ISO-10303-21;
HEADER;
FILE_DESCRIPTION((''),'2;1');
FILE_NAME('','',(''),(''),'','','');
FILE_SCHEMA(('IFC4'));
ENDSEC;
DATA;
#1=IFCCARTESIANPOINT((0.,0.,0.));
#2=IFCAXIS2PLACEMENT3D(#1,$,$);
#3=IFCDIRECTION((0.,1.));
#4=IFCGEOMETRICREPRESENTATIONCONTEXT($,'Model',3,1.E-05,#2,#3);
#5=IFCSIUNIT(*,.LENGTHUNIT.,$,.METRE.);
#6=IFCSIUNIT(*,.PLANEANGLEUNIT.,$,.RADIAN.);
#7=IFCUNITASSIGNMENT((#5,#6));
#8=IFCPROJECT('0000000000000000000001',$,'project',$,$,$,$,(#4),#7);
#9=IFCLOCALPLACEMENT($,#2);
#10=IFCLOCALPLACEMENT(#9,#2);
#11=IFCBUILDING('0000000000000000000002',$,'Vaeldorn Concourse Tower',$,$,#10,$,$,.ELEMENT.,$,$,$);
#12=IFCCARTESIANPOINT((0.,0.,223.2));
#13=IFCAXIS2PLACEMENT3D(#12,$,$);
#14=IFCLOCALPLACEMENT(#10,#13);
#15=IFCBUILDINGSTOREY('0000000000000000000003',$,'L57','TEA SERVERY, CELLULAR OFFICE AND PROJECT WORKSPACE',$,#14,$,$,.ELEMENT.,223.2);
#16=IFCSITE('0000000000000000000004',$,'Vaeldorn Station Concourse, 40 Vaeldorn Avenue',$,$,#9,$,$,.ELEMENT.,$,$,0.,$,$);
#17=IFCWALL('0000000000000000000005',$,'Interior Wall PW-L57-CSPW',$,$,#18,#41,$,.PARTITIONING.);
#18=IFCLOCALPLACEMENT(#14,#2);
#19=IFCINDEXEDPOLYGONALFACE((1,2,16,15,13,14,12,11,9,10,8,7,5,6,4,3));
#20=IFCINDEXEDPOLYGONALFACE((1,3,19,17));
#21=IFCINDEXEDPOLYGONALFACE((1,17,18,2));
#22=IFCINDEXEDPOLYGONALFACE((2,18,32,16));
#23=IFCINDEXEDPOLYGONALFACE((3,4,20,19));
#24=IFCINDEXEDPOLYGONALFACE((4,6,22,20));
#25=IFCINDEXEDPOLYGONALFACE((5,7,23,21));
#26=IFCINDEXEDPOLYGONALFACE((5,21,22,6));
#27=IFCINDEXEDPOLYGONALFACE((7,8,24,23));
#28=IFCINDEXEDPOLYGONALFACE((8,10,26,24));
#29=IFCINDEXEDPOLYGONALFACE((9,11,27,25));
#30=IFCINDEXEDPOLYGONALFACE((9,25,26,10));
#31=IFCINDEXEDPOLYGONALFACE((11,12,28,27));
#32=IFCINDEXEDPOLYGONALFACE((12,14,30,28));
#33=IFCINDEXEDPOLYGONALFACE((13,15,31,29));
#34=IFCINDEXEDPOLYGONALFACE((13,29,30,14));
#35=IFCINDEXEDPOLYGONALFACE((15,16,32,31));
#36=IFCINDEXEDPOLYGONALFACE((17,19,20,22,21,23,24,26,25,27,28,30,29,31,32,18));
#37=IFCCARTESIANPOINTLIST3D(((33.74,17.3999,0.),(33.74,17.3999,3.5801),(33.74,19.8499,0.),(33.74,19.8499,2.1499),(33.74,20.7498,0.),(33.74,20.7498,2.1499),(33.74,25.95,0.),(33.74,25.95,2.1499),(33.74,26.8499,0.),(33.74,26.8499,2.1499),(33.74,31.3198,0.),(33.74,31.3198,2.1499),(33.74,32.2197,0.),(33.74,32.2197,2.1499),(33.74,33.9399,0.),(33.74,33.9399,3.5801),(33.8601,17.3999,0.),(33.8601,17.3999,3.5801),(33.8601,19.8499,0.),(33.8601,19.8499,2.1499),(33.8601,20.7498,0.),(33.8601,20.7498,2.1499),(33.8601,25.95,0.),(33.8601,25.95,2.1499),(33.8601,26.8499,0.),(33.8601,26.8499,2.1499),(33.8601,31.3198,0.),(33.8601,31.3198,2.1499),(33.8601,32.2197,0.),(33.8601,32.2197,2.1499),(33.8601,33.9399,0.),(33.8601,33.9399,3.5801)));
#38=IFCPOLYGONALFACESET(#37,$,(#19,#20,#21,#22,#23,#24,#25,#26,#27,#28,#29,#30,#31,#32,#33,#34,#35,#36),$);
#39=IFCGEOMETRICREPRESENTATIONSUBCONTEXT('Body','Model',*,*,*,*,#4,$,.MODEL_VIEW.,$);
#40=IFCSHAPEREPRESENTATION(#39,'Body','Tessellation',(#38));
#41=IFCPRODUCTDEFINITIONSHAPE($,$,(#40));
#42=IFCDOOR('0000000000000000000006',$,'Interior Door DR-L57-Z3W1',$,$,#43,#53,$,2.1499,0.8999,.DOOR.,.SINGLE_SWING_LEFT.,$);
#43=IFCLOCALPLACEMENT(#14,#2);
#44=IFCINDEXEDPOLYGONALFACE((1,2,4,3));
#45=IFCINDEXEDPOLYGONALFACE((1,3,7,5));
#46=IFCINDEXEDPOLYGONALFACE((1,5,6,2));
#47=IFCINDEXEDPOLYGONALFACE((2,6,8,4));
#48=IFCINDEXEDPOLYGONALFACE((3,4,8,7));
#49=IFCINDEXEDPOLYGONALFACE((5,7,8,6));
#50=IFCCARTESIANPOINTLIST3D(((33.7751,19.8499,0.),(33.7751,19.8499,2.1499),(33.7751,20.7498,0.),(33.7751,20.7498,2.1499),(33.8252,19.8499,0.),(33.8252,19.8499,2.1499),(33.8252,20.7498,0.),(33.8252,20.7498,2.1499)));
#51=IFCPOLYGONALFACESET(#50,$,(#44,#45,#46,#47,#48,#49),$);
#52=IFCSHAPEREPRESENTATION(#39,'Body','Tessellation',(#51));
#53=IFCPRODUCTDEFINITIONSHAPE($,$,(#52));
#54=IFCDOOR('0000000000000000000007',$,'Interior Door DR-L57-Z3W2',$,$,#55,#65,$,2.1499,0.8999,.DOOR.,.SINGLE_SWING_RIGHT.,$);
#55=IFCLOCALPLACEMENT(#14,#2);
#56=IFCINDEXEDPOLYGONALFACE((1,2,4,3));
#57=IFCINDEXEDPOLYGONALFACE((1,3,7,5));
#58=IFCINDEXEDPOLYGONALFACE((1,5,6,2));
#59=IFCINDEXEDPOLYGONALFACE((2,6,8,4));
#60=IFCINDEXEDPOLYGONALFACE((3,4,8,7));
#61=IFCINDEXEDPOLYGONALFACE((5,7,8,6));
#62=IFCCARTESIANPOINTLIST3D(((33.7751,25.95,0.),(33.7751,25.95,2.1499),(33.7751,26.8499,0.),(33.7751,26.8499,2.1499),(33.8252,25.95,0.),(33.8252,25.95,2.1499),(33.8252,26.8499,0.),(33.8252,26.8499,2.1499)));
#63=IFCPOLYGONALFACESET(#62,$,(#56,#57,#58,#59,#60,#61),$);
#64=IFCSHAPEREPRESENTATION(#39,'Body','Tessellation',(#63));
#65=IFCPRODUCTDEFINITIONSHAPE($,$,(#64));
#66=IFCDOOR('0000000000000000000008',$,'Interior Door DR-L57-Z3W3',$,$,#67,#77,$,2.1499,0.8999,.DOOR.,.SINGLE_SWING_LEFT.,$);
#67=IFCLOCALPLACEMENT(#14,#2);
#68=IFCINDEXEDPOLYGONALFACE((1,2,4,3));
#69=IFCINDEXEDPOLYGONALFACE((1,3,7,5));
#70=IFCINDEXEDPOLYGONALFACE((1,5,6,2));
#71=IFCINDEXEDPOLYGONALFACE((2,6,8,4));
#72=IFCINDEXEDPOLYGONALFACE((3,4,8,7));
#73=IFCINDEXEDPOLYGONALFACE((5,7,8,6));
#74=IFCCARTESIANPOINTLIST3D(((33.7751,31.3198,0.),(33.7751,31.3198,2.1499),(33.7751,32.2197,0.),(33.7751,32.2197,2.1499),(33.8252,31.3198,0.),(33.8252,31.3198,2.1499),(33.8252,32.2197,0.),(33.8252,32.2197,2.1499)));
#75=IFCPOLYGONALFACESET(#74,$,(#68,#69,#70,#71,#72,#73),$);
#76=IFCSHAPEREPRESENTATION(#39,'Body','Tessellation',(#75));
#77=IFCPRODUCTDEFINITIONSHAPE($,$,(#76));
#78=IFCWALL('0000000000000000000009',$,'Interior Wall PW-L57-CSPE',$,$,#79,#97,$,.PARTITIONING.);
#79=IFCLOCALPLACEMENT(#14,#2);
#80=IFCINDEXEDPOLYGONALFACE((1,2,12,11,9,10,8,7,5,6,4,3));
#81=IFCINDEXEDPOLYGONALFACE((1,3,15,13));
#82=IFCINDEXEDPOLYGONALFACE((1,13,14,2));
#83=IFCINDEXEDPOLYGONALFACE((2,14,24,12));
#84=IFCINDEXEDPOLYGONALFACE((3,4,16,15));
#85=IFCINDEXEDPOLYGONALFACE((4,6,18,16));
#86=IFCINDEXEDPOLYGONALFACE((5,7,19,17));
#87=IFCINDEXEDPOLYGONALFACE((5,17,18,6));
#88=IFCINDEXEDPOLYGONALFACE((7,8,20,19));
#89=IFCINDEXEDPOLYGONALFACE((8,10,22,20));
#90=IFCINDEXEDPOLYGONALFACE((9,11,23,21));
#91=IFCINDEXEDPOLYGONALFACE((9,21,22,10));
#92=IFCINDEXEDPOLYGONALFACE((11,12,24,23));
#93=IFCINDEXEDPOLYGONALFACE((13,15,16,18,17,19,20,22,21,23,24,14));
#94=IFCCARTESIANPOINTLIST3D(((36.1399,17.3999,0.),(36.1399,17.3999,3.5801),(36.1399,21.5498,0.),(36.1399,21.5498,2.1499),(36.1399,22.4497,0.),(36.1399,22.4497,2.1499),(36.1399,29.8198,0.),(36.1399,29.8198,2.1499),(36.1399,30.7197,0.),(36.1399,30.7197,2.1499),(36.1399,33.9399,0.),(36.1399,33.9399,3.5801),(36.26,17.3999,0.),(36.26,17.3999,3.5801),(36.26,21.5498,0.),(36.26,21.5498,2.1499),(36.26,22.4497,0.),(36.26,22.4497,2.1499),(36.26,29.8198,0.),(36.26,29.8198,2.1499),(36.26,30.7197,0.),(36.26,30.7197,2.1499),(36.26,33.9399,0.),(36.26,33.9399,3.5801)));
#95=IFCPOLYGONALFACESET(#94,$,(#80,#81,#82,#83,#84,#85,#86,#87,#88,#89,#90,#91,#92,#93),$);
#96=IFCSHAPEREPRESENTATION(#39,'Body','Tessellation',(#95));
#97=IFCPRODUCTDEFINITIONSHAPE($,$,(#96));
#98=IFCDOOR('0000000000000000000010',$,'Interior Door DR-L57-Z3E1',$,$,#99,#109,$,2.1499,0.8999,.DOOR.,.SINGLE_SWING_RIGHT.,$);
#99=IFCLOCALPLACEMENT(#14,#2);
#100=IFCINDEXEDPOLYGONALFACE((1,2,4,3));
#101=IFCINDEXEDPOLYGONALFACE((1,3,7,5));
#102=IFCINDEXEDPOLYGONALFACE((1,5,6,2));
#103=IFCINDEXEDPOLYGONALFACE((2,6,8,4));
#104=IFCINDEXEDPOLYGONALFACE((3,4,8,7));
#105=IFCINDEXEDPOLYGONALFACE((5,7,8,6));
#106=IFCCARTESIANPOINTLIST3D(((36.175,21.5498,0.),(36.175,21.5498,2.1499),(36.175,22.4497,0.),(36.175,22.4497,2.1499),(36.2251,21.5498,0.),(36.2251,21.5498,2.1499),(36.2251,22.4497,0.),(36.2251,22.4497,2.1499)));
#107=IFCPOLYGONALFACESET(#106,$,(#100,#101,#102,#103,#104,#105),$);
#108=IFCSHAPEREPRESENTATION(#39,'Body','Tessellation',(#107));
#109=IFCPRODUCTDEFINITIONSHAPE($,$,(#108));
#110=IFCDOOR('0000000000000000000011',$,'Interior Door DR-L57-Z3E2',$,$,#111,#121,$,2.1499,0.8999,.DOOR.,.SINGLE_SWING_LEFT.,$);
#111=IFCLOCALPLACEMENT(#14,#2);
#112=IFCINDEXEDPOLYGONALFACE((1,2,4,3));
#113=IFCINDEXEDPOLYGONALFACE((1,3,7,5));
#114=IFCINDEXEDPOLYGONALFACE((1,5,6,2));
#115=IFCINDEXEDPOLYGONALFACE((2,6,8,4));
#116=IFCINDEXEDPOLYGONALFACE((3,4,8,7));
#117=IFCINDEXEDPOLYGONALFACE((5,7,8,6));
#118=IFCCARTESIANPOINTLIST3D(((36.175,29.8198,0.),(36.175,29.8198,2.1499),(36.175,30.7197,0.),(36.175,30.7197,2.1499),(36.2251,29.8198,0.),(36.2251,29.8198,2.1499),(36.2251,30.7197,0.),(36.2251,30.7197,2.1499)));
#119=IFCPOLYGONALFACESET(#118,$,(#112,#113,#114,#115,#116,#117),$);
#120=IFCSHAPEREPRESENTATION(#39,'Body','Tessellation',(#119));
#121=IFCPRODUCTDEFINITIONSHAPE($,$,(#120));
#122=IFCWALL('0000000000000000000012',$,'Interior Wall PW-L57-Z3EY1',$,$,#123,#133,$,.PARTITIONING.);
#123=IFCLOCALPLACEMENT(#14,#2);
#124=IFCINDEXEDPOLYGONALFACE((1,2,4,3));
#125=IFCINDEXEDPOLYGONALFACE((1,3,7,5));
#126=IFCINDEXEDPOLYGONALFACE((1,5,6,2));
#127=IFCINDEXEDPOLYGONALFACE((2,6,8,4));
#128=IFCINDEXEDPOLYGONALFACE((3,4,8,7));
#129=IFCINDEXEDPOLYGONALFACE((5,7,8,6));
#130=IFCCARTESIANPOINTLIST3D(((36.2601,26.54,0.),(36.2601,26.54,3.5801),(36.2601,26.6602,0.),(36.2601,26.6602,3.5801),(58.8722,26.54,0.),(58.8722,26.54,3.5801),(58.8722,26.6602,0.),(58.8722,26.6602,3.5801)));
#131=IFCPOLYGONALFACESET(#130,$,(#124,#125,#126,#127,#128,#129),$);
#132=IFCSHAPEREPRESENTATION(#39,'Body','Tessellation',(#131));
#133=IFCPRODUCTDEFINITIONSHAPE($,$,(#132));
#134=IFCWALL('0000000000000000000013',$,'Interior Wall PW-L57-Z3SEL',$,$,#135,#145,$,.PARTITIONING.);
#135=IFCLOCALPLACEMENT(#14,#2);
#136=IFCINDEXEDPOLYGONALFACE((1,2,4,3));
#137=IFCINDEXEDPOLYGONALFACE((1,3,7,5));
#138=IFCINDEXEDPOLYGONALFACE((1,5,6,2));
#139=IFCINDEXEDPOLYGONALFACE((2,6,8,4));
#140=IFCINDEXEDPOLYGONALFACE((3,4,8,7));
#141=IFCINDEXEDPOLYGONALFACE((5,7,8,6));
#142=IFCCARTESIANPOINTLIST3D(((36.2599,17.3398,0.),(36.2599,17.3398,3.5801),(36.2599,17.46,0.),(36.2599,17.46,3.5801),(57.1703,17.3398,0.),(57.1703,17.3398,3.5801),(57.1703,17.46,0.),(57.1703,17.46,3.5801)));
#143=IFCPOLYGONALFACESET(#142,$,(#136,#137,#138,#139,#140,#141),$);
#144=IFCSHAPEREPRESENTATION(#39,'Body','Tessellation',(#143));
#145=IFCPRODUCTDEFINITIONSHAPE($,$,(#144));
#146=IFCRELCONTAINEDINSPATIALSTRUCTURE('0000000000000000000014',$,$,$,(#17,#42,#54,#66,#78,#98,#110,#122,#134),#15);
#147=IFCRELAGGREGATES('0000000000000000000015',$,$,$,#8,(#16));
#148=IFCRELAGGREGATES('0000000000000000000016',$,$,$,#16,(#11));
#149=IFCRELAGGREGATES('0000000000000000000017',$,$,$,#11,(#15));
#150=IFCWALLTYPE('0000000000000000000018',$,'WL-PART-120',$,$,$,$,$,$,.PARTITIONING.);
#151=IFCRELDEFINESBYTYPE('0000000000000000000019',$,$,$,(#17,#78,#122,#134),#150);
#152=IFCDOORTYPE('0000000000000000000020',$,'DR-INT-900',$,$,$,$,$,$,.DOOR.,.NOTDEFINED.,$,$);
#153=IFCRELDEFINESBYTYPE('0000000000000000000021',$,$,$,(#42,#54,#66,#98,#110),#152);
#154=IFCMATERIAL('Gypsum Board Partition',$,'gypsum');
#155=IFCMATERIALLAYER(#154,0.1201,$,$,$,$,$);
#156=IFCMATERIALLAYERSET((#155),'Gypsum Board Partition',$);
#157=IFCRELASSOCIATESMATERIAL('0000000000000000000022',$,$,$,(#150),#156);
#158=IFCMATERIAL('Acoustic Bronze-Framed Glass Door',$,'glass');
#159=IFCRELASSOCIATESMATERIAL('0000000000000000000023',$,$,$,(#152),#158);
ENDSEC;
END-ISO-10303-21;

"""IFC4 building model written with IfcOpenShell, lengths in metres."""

from ifc_helpers import new_model, si_unit, direction, frame, frame_2d, origin, place, context, subcontext, project, spatial, rectangle, extrude, source, transform, mapped, material, layer, layer_set, type_object, element, fill, save


model = new_model("IFC4")

# Units and contexts
model_context = context("Model", 3, precision=1e-05, world=origin(), true_north=direction((0.0, 1.0)))
body_context = subcontext(model_context, "Body", "Model", "MODEL_VIEW")
ifc_project = project(units=[si_unit("LENGTHUNIT", "METRE"), si_unit("PLANEANGLEUNIT", "RADIAN")], contexts=[model_context])

# Site, building, storey
site_placement = place(None, origin())
site = spatial("IfcSite", under=ifc_project, at=site_placement, Name="Vaeldorn Station Concourse, 40 Vaeldorn Avenue", CompositionType="ELEMENT", RefElevation=0.0)
building_placement = place(site_placement, origin())
building = spatial("IfcBuilding", under=site, at=building_placement, Name="Vaeldorn Concourse Tower", CompositionType="ELEMENT")
storey_placement = place(building_placement, frame((0.0, 0.0, 223.2)))
storey = spatial("IfcBuildingStorey", under=building, at=storey_placement, Name="L57", Description="TEA SERVERY, CELLULAR OFFICE AND PROJECT WORKSPACE", CompositionType="ELEMENT", Elevation=223.2)

# Shared definitions
ifc_material_1 = material(Name="Gypsum Board Partition", Category="gypsum")
ifc_layer = layer(ifc_material_1, 0.1201)
ifc_layer_set = layer_set([ifc_layer], Name="Gypsum Board Partition")
wall_type = type_object("IfcWallType", Name="WL-PART-120", PredefinedType="PARTITIONING", material=ifc_layer_set)

# Walls, openings, doors
wall_1_placement = place(storey_placement, frame((33.8, 17.3999, 0.0), z_axis=(0.0, 0.0, 1.0), x_axis=(0.0, 1.0, 0.0)))
wall_1 = element("IfcWall", 1, at=wall_1_placement, inside=storey, type_object=wall_type, Name="Interior Wall PW-L57-CSPW", PredefinedType="PARTITIONING", context=body_context, shape_type="SweptSolid", body=[
    extrude(rectangle(XDim=16.54, YDim=0.1201, at=frame_2d((8.27, 0.0))), origin(), (0.0, 0.0, 1.0), 3.5801),
])
opening_1_placement = place(wall_1_placement, frame((2.45, 0.0, 0.0)))
opening_1 = element("IfcOpeningElement", 2, at=opening_1_placement, cuts=wall_1, PredefinedType="OPENING", context=body_context, shape_type="SweptSolid", body=[
    extrude(rectangle(XDim=0.8999, YDim=2.1499, at=frame_2d((0.45, 1.075))), frame((0.0, 0.0701, 0.0), z_axis=(0.0, -1.0, 0.0), x_axis=(1.0, 0.0, 0.0)), (0.0, 0.0, 1.0), 0.1401),
])
opening_2_placement = place(wall_1_placement, frame((8.55, 0.0, 0.0)))
opening_2 = element("IfcOpeningElement", 3, at=opening_2_placement, cuts=wall_1, PredefinedType="OPENING", context=body_context, shape_type="SweptSolid", body=[
    extrude(rectangle(XDim=0.8999, YDim=2.1499, at=frame_2d((0.45, 1.075))), frame((0.0, 0.0701, 0.0), z_axis=(0.0, -1.0, 0.0), x_axis=(1.0, 0.0, 0.0)), (0.0, 0.0, 1.0), 0.1401),
])
opening_3_placement = place(wall_1_placement, frame((13.9199, 0.0, 0.0)))
opening_3 = element("IfcOpeningElement", 4, at=opening_3_placement, cuts=wall_1, PredefinedType="OPENING", context=body_context, shape_type="SweptSolid", body=[
    extrude(rectangle(XDim=0.8999, YDim=2.1499, at=frame_2d((0.45, 1.075))), frame((0.0, 0.0701, 0.0), z_axis=(0.0, -1.0, 0.0), x_axis=(1.0, 0.0, 0.0)), (0.0, 0.0, 1.0), 0.1401),
])
ifc_material_2 = material(Name="Acoustic Bronze-Framed Glass Door", Category="glass")
door_type = type_object("IfcDoorType", Name="DR-INT-900", OperationType="NOTDEFINED", PredefinedType="DOOR", material=ifc_material_2)
shared_shape_1 = source(origin(), body_context, "Body", "SweptSolid", [
    extrude(rectangle(XDim=0.8999, YDim=2.1499, at=frame_2d((0.45, 1.075))), frame((0.0, 0.0249, 0.0), z_axis=(0.0, -1.0, 0.0), x_axis=(1.0, 0.0, 0.0)), (0.0, 0.0, 1.0), 0.05),
])
door_1_placement = place(opening_1_placement, origin())
door_1 = element("IfcDoor", 5, at=door_1_placement, inside=storey, type_object=door_type, Name="Interior Door DR-L57-Z3W1", OperationType="SINGLE_SWING_LEFT", OverallHeight=2.1499, OverallWidth=0.8999, PredefinedType="DOOR", context=body_context, shape_type="MappedRepresentation", body=[
    mapped(shared_shape_1, transform((0.0, 0.0, 0.0), scale=1.0)),
])
fill(opening_1, door_1)
door_2_placement = place(opening_2_placement, origin())
door_2 = element("IfcDoor", 6, at=door_2_placement, inside=storey, type_object=door_type, Name="Interior Door DR-L57-Z3W2", OperationType="SINGLE_SWING_RIGHT", OverallHeight=2.1499, OverallWidth=0.8999, PredefinedType="DOOR", context=body_context, shape_type="MappedRepresentation", body=[
    mapped(shared_shape_1, transform((0.0, 0.0, 0.0), scale=1.0)),
])
fill(opening_2, door_2)
door_3_placement = place(opening_3_placement, origin())
door_3 = element("IfcDoor", 7, at=door_3_placement, inside=storey, type_object=door_type, Name="Interior Door DR-L57-Z3W3", OperationType="SINGLE_SWING_LEFT", OverallHeight=2.1499, OverallWidth=0.8999, PredefinedType="DOOR", context=body_context, shape_type="MappedRepresentation", body=[
    mapped(shared_shape_1, transform((0.0, 0.0, 0.0), scale=1.0)),
])
fill(opening_3, door_3)
wall_2_placement = place(storey_placement, frame((36.2, 17.3999, 0.0), z_axis=(0.0, 0.0, 1.0), x_axis=(0.0, 1.0, 0.0)))
wall_2 = element("IfcWall", 8, at=wall_2_placement, inside=storey, type_object=wall_type, Name="Interior Wall PW-L57-CSPE", PredefinedType="PARTITIONING", context=body_context, shape_type="SweptSolid", body=[
    extrude(rectangle(XDim=16.54, YDim=0.1201, at=frame_2d((8.27, 0.0))), origin(), (0.0, 0.0, 1.0), 3.5801),
])
opening_4_placement = place(wall_2_placement, frame((4.1499, 0.0, 0.0)))
opening_4 = element("IfcOpeningElement", 9, at=opening_4_placement, cuts=wall_2, PredefinedType="OPENING", context=body_context, shape_type="SweptSolid", body=[
    extrude(rectangle(XDim=0.8999, YDim=2.1499, at=frame_2d((0.45, 1.075))), frame((0.0, 0.0701, 0.0), z_axis=(0.0, -1.0, 0.0), x_axis=(1.0, 0.0, 0.0)), (0.0, 0.0, 1.0), 0.1401),
])
opening_5_placement = place(wall_2_placement, frame((12.4199, 0.0, 0.0)))
opening_5 = element("IfcOpeningElement", 10, at=opening_5_placement, cuts=wall_2, PredefinedType="OPENING", context=body_context, shape_type="SweptSolid", body=[
    extrude(rectangle(XDim=0.8999, YDim=2.1499, at=frame_2d((0.45, 1.075))), frame((0.0, 0.0701, 0.0), z_axis=(0.0, -1.0, 0.0), x_axis=(1.0, 0.0, 0.0)), (0.0, 0.0, 1.0), 0.1401),
])
door_4_placement = place(opening_4_placement, origin())
door_4 = element("IfcDoor", 11, at=door_4_placement, inside=storey, type_object=door_type, Name="Interior Door DR-L57-Z3E1", OperationType="SINGLE_SWING_RIGHT", OverallHeight=2.1499, OverallWidth=0.8999, PredefinedType="DOOR", context=body_context, shape_type="MappedRepresentation", body=[
    mapped(shared_shape_1, transform((0.0, 0.0, 0.0), scale=1.0)),
])
fill(opening_4, door_4)
door_5_placement = place(opening_5_placement, origin())
door_5 = element("IfcDoor", 12, at=door_5_placement, inside=storey, type_object=door_type, Name="Interior Door DR-L57-Z3E2", OperationType="SINGLE_SWING_LEFT", OverallHeight=2.1499, OverallWidth=0.8999, PredefinedType="DOOR", context=body_context, shape_type="MappedRepresentation", body=[
    mapped(shared_shape_1, transform((0.0, 0.0, 0.0), scale=1.0)),
])
fill(opening_5, door_5)

# Walls
wall_3_placement = place(storey_placement, frame((36.26, 26.6001, 0.0), z_axis=(0.0, 0.0, 1.0), x_axis=(1.0, 0.0, 0.0)))
element("IfcWall", 13, at=wall_3_placement, inside=storey, type_object=wall_type, Name="Interior Wall PW-L57-Z3EY1", PredefinedType="PARTITIONING", context=body_context, shape_type="SweptSolid", body=[
    extrude(rectangle(XDim=22.6121, YDim=0.1201, at=frame_2d((11.3062, 0.0))), origin(), (0.0, 0.0, 1.0), 3.5801),
])
wall_4_placement = place(storey_placement, frame((36.26, 17.3999, 0.0), z_axis=(0.0, 0.0, 1.0), x_axis=(1.0, 0.0, 0.0)))
element("IfcWall", 14, at=wall_4_placement, inside=storey, type_object=wall_type, Name="Interior Wall PW-L57-Z3SEL", PredefinedType="PARTITIONING", context=body_context, shape_type="SweptSolid", body=[
    extrude(rectangle(XDim=20.9104, YDim=0.1201, at=frame_2d((10.4551, 0.0))), origin(), (0.0, 0.0, 1.0), 3.5801),
])

save(model, "model.ifc")
